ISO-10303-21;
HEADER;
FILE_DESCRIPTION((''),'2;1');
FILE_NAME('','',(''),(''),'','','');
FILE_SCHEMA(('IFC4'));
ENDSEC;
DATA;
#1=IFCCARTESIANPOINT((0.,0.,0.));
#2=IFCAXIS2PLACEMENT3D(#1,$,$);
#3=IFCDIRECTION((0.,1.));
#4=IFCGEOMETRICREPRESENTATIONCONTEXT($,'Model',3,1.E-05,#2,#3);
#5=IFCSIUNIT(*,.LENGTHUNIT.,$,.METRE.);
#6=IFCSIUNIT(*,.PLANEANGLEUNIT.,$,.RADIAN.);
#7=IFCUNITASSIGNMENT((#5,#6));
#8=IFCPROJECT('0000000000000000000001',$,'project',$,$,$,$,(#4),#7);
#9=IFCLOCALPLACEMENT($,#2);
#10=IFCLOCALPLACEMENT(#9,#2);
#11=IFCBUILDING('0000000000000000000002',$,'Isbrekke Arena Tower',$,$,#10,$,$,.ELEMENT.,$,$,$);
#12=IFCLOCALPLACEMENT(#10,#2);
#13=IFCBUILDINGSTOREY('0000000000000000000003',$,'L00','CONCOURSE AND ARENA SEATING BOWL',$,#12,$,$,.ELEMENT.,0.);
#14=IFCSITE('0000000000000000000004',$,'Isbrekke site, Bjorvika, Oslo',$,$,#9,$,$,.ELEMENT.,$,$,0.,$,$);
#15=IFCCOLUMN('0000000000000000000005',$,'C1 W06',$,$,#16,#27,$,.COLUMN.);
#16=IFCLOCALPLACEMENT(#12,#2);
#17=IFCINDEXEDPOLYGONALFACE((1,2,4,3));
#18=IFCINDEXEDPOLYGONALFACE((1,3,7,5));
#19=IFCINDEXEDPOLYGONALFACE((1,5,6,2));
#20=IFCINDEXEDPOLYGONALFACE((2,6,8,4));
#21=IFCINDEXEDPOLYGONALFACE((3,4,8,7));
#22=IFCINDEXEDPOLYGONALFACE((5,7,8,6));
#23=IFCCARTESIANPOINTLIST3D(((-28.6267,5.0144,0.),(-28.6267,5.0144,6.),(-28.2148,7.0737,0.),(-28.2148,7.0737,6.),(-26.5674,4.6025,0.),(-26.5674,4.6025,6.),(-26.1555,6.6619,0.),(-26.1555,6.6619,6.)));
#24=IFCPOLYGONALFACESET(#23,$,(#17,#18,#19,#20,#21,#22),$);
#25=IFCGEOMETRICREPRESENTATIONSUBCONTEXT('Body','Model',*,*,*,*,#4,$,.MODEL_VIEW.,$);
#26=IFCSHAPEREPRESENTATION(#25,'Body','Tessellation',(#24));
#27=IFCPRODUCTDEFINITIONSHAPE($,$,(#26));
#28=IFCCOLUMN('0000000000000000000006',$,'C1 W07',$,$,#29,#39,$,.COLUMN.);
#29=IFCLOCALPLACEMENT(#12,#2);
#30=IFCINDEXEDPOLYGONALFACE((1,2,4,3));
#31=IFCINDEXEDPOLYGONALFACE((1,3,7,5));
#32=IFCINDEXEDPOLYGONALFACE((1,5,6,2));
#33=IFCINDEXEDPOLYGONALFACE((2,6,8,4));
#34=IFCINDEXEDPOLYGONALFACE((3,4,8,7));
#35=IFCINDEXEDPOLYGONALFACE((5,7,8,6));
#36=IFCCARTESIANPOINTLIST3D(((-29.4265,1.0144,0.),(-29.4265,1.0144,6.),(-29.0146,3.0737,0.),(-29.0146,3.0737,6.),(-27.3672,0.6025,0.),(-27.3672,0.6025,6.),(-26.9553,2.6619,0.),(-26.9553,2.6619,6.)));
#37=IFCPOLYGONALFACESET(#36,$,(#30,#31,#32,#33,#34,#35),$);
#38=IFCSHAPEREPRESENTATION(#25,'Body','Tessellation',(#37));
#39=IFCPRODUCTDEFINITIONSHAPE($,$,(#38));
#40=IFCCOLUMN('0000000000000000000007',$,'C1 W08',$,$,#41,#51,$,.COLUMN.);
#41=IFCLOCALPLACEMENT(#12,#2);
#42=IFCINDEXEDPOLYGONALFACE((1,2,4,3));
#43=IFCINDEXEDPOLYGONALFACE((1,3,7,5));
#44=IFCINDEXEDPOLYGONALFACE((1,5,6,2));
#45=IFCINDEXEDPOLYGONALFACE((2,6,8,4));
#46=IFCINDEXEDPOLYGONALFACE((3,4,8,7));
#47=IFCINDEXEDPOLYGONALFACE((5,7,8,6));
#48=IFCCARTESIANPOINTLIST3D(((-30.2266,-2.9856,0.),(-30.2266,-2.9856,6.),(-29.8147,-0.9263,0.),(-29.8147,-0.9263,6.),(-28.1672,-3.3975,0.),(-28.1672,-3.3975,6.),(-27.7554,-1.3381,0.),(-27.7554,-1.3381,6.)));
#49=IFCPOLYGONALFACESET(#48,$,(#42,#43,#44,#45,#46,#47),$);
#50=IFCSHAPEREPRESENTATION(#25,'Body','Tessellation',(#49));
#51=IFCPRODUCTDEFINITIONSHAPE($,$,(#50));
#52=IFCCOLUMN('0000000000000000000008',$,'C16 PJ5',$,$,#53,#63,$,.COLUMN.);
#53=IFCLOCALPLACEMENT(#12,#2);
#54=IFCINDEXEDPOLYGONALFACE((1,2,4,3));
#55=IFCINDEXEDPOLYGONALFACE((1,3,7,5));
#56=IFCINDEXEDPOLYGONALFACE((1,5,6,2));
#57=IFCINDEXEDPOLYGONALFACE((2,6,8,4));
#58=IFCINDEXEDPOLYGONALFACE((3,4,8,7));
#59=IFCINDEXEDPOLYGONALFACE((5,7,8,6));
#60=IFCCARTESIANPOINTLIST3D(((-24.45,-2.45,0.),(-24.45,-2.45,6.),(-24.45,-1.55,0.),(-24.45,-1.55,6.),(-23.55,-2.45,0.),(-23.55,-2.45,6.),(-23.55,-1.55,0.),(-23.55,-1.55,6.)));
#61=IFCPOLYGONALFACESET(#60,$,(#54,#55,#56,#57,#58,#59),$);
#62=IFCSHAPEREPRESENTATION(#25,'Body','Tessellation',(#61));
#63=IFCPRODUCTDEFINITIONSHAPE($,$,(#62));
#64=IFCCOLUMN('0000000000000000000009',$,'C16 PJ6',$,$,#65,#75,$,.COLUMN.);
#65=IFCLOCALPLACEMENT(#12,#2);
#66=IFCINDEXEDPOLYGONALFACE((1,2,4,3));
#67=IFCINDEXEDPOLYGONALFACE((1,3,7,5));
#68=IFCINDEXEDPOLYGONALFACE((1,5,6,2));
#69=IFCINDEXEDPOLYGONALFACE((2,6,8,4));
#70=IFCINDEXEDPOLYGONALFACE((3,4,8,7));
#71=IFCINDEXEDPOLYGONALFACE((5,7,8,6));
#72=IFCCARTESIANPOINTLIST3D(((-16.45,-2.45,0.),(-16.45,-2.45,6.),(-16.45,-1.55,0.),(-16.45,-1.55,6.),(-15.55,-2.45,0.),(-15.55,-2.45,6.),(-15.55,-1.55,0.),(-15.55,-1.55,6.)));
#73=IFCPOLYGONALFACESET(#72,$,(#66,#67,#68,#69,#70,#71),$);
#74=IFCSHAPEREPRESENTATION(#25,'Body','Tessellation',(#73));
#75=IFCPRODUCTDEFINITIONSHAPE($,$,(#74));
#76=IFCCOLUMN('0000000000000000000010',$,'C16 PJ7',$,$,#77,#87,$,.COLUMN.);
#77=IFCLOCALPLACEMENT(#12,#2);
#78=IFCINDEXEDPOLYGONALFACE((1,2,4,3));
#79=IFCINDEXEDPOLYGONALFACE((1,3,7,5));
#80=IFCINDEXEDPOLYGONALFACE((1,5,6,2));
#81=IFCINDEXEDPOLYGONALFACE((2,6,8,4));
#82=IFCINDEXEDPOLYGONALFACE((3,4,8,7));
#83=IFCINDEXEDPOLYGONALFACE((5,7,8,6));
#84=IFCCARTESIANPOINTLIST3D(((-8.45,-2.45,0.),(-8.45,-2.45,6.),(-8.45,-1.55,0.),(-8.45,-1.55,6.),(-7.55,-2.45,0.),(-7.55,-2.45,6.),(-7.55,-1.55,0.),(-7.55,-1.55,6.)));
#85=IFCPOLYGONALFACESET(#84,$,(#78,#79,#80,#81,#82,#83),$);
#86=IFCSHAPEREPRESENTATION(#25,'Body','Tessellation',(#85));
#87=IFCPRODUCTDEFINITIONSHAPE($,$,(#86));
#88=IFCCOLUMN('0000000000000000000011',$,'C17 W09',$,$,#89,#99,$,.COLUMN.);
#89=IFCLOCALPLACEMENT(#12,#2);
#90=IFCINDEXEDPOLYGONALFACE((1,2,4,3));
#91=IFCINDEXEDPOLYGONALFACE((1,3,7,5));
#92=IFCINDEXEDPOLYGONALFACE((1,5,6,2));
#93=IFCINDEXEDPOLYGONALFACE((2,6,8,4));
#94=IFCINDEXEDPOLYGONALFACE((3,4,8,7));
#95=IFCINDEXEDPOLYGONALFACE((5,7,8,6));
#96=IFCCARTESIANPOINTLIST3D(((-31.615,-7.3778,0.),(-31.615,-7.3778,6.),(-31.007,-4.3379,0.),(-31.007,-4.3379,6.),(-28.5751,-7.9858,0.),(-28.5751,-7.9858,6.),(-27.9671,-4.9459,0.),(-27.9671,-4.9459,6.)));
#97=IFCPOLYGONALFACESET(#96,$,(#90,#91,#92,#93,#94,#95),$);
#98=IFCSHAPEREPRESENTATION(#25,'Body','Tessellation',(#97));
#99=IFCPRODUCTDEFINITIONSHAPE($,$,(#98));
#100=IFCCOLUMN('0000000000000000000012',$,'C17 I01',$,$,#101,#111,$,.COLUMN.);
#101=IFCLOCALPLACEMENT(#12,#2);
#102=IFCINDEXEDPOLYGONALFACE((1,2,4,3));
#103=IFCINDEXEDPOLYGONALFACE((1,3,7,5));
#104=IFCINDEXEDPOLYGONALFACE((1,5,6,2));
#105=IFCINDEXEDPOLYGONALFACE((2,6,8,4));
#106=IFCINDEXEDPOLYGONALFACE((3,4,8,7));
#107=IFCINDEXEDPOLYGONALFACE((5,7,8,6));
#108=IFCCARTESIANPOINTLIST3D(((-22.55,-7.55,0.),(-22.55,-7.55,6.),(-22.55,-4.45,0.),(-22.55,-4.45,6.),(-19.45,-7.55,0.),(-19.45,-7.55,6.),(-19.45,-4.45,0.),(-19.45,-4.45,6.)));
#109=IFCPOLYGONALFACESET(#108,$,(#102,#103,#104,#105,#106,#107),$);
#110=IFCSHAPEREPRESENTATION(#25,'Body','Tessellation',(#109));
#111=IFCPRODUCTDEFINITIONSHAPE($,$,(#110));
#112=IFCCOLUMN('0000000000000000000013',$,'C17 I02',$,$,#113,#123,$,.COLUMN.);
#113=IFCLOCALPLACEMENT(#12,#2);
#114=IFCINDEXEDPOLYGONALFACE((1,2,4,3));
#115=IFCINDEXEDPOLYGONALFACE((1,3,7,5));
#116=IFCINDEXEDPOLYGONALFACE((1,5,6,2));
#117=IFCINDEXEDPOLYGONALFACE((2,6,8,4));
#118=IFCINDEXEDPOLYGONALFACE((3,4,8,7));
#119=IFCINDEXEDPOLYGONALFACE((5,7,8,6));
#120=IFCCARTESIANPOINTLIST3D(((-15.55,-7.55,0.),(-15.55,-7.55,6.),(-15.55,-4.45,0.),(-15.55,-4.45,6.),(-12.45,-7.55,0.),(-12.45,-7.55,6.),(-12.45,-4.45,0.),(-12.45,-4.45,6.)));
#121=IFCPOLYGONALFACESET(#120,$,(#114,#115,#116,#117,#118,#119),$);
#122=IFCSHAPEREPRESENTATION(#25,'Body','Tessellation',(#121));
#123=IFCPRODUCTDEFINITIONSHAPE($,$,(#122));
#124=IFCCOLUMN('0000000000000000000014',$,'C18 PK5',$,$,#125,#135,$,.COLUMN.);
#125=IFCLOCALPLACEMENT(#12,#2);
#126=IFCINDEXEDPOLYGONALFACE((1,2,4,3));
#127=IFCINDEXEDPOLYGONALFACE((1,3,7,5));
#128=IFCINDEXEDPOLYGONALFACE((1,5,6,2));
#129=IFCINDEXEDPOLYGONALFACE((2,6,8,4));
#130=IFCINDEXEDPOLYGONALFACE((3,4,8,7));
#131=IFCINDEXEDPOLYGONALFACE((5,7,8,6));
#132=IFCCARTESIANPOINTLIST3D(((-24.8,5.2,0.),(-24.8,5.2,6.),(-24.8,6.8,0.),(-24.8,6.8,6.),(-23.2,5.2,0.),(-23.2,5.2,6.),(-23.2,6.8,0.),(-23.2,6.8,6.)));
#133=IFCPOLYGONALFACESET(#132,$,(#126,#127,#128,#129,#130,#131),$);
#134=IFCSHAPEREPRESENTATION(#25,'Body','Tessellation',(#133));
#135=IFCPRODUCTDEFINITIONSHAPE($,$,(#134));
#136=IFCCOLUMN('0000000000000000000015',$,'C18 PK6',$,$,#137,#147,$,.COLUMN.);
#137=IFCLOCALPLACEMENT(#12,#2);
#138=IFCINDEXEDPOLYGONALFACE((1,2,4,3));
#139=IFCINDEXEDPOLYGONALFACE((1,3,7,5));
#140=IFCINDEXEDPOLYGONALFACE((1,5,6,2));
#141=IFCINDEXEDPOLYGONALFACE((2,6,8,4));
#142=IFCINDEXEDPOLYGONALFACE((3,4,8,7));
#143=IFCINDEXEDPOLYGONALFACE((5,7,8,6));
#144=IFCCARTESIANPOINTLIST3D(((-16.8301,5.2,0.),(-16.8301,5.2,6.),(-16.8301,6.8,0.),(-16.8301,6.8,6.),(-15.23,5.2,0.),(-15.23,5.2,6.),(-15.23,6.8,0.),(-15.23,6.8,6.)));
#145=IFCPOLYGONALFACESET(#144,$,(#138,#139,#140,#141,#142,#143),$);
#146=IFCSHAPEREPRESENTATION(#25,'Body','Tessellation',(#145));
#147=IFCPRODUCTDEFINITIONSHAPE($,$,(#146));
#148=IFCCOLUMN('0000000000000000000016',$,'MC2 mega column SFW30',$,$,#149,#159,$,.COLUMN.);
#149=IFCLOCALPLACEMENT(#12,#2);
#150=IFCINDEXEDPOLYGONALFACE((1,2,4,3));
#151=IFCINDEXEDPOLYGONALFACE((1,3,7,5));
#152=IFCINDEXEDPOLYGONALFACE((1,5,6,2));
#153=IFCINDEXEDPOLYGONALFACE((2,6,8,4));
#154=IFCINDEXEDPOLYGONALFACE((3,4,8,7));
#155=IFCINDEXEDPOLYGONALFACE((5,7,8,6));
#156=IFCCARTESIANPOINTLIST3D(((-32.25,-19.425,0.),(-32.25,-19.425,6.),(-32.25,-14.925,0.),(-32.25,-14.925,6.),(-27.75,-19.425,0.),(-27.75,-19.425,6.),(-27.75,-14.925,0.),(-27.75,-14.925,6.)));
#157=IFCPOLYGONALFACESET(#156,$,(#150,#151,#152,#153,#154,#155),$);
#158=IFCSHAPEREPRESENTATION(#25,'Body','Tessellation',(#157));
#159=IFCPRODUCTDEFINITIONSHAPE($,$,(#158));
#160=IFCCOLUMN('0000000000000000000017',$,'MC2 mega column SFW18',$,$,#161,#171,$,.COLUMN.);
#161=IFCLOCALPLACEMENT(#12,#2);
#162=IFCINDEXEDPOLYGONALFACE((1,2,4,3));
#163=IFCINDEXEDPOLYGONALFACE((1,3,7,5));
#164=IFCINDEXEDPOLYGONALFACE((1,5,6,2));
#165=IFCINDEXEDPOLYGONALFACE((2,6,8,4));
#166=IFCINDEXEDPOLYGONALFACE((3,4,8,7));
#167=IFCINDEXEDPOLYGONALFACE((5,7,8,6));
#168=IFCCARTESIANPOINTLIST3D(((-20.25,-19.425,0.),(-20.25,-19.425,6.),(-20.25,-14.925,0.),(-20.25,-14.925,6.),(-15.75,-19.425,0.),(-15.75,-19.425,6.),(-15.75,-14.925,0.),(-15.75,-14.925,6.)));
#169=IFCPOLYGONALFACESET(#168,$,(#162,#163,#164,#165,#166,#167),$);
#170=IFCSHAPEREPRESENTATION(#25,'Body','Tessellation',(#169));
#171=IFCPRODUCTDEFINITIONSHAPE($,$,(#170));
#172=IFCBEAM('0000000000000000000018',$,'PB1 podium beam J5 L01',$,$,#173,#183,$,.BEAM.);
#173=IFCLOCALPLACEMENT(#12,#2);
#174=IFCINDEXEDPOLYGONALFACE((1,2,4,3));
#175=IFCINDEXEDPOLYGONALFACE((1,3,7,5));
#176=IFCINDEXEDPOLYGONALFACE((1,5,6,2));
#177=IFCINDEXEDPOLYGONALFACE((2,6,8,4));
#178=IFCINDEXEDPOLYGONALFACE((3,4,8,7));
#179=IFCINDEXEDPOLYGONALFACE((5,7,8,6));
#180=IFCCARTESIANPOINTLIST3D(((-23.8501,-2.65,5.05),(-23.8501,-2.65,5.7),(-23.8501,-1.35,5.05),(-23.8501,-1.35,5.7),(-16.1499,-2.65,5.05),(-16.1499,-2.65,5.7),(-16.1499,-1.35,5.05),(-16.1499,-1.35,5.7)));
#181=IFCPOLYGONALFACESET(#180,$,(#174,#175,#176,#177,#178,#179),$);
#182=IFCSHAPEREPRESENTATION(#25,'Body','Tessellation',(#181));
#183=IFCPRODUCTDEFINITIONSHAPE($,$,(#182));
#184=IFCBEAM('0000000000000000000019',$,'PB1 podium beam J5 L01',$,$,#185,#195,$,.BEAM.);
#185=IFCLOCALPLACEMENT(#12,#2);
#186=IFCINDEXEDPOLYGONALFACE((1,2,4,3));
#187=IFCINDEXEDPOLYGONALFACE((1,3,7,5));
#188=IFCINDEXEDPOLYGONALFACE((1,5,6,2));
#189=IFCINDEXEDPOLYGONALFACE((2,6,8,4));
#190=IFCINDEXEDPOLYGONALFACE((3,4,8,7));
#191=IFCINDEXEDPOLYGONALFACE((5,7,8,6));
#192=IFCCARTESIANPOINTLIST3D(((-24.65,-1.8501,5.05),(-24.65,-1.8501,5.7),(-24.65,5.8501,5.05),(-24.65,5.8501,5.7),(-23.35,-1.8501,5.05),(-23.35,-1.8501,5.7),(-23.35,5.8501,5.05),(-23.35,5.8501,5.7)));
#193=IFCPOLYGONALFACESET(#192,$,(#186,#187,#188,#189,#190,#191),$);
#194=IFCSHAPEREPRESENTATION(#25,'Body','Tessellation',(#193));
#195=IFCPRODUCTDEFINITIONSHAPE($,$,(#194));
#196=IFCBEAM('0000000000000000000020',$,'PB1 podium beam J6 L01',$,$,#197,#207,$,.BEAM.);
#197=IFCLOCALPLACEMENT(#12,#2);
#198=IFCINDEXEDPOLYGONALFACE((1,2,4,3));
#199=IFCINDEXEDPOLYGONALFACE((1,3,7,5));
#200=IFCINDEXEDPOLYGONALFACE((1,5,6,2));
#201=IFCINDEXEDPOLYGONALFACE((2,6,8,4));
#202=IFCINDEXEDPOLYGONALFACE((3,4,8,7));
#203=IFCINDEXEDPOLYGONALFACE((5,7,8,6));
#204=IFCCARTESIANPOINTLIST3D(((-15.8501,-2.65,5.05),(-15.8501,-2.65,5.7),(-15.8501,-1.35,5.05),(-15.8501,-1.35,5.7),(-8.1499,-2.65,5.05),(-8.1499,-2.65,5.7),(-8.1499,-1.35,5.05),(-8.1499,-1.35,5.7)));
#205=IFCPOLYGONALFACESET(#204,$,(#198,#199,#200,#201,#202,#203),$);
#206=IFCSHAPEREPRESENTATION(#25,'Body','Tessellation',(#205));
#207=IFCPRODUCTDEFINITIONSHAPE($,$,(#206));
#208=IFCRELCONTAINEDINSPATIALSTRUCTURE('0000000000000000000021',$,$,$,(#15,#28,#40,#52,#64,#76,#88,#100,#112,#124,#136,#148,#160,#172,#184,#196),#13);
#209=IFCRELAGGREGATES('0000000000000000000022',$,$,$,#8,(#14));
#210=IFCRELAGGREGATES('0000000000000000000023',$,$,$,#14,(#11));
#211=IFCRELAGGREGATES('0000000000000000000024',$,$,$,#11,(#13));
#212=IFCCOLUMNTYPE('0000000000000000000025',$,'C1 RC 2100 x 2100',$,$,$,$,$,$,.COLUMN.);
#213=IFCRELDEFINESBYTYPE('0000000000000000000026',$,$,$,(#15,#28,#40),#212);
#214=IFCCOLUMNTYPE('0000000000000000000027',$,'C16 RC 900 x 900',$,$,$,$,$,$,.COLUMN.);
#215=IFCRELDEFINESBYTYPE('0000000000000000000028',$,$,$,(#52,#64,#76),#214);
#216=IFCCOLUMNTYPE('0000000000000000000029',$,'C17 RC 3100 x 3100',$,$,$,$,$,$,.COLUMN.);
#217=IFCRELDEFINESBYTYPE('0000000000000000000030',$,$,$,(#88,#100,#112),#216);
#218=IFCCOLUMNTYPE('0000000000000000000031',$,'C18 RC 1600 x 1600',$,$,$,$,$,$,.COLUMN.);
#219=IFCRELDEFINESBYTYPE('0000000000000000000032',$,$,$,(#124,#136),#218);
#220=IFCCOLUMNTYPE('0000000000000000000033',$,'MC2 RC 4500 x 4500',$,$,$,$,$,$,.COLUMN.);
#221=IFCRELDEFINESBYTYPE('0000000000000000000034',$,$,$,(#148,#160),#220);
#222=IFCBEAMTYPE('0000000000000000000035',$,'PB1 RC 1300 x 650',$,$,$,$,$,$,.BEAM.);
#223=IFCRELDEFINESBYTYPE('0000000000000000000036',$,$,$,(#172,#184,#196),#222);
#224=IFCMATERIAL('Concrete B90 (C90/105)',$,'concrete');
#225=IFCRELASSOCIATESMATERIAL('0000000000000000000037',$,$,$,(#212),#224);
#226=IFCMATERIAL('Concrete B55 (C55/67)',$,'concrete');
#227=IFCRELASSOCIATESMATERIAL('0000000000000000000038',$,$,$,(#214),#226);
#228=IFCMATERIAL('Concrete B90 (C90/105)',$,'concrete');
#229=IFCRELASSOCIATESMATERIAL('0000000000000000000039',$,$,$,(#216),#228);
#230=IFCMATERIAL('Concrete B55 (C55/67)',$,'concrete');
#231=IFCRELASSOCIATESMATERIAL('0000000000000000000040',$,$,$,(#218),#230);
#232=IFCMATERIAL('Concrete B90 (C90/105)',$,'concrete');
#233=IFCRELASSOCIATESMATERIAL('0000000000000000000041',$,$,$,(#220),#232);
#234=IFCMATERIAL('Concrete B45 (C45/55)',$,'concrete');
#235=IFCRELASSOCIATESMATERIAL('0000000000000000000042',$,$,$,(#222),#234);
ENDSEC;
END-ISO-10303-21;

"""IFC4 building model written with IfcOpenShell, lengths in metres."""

from ifc_helpers import new_model, si_unit, direction, frame, origin, origin_2d, place, context, subcontext, project, spatial, rectangle, extrude, material, material_profile, profile_set, type_object, element, save


model = new_model("IFC4")

# Units and contexts
model_context = context("Model", 3, precision=1e-05, world=origin(), true_north=direction((0.0, 1.0)))
body_context = subcontext(model_context, "Body", "Model", "MODEL_VIEW")
ifc_project = project(units=[si_unit("LENGTHUNIT", "METRE"), si_unit("PLANEANGLEUNIT", "RADIAN")], contexts=[model_context])

# Site, building, storey
site_placement = place(None, origin())
site = spatial("IfcSite", under=ifc_project, at=site_placement, Name="Isbrekke site, Bjorvika, Oslo", CompositionType="ELEMENT", RefElevation=0.0)
building_placement = place(site_placement, origin())
building = spatial("IfcBuilding", under=site, at=building_placement, Name="Isbrekke Arena Tower", CompositionType="ELEMENT")
storey_placement = place(building_placement, origin())
storey = spatial("IfcBuildingStorey", under=building, at=storey_placement, Name="L00", Description="CONCOURSE AND ARENA SEATING BOWL", CompositionType="ELEMENT", Elevation=0.0)

# Columns
ifc_material_1 = material(Name="Concrete B90 (C90/105)", Category="concrete")
ifc_material_profile_1 = material_profile(ifc_material_1, rectangle(XDim=2.1001, YDim=2.1001, at=origin_2d()), Name="RC 2100x2100")
ifc_profile_set_1 = profile_set([ifc_material_profile_1], Name="Concrete B90 (C90/105)")
column_type_1 = type_object("IfcColumnType", Name="C1 RC 2100 x 2100", PredefinedType="COLUMN", material=ifc_profile_set_1)
for number, where, z_axis, x_axis, name in (
    (1, (-27.3911, 5.8381, 0.0), (0.0, 0.0, 1.0), (-0.196116, -0.980581, 0.0), "C1 W06"),
    (2, (-28.1909, 1.8381, 0.0), (0.0, 0.0, 1.0), (-0.196116, -0.980581, 0.0), "C1 W07"),
    (3, (-28.991, -2.1619, 0.0), (0.0, 0.0, 1.0), (-0.196116, -0.980581, 0.0), "C1 W08"),
):
    element("IfcColumn", number, at=place(storey_placement, frame(where, z_axis=z_axis, x_axis=x_axis)), inside=storey, type_object=column_type_1, Name=name, PredefinedType="COLUMN", context=body_context, shape_type="SweptSolid", body=[
        extrude(rectangle(XDim=2.1001, YDim=2.1001, at=origin_2d()), origin(), (0.0, 0.0, 1.0), 6.0),
    ])
ifc_material_2 = material(Name="Concrete B55 (C55/67)", Category="concrete")
ifc_material_profile_2 = material_profile(ifc_material_2, rectangle(XDim=0.8999, YDim=0.8999, at=origin_2d()), Name="RC 900x900")
ifc_profile_set_2 = profile_set([ifc_material_profile_2], Name="Concrete B55 (C55/67)")
column_type_2 = type_object("IfcColumnType", Name="C16 RC 900 x 900", PredefinedType="COLUMN", material=ifc_profile_set_2)
for number, where, z_axis, x_axis, name in (
    (4, (-24.0, -2.0, 0.0), (0.0, 0.0, 1.0), (1.0, 0.0, 0.0), "C16 PJ5"),
    (5, (-16.0, -2.0, 0.0), (0.0, 0.0, 1.0), (1.0, 0.0, 0.0), "C16 PJ6"),
    (6, (-8.0, -2.0, 0.0), (0.0, 0.0, 1.0), (1.0, 0.0, 0.0), "C16 PJ7"),
):
    element("IfcColumn", number, at=place(storey_placement, frame(where, z_axis=z_axis, x_axis=x_axis)), inside=storey, type_object=column_type_2, Name=name, PredefinedType="COLUMN", context=body_context, shape_type="SweptSolid", body=[
        extrude(rectangle(XDim=0.8999, YDim=0.8999, at=origin_2d()), origin(), (0.0, 0.0, 1.0), 6.0),
    ])
ifc_material_3 = material(Name="Concrete B90 (C90/105)", Category="concrete")
ifc_material_profile_3 = material_profile(ifc_material_3, rectangle(XDim=3.1001, YDim=3.1001, at=origin_2d()), Name="RC 3100x3100")
ifc_profile_set_3 = profile_set([ifc_material_profile_3], Name="Concrete B90 (C90/105)")
column_type_3 = type_object("IfcColumnType", Name="C17 RC 3100 x 3100", PredefinedType="COLUMN", material=ifc_profile_set_3)
for number, where, z_axis, x_axis, name in (
    (7, (-29.791, -6.1619, 0.0), (0.0, 0.0, 1.0), (-0.196116, -0.980581, 0.0), "C17 W09"),
    (8, (-21.0, -6.0, 0.0), (0.0, 0.0, 1.0), (1.0, 0.0, 0.0), "C17 I01"),
    (9, (-14.0, -6.0, 0.0), (0.0, 0.0, 1.0), (1.0, 0.0, 0.0), "C17 I02"),
):
    element("IfcColumn", number, at=place(storey_placement, frame(where, z_axis=z_axis, x_axis=x_axis)), inside=storey, type_object=column_type_3, Name=name, PredefinedType="COLUMN", context=body_context, shape_type="SweptSolid", body=[
        extrude(rectangle(XDim=3.1001, YDim=3.1001, at=origin_2d()), origin(), (0.0, 0.0, 1.0), 6.0),
    ])
ifc_material_4 = material(Name="Concrete B55 (C55/67)", Category="concrete")
ifc_material_profile_4 = material_profile(ifc_material_4, rectangle(XDim=1.6001, YDim=1.6001, at=origin_2d()), Name="RC 1600x1600")
ifc_profile_set_4 = profile_set([ifc_material_profile_4], Name="Concrete B55 (C55/67)")
column_type_4 = type_object("IfcColumnType", Name="C18 RC 1600 x 1600", PredefinedType="COLUMN", material=ifc_profile_set_4)
for number, where, z_axis, x_axis, name in (
    (10, (-24.0, 6.0, 0.0), (0.0, 0.0, 1.0), (1.0, 0.0, 0.0), "C18 PK5"),
    (11, (-16.03, 6.0, 0.0), (0.0, 0.0, 1.0), (1.0, 0.0, 0.0), "C18 PK6"),
):
    element("IfcColumn", number, at=place(storey_placement, frame(where, z_axis=z_axis, x_axis=x_axis)), inside=storey, type_object=column_type_4, Name=name, PredefinedType="COLUMN", context=body_context, shape_type="SweptSolid", body=[
        extrude(rectangle(XDim=1.6001, YDim=1.6001, at=origin_2d()), origin(), (0.0, 0.0, 1.0), 6.0),
    ])
ifc_material_5 = material(Name="Concrete B90 (C90/105)", Category="concrete")
ifc_material_profile_5 = material_profile(ifc_material_5, rectangle(XDim=4.5, YDim=4.5, at=origin_2d()), Name="RC 4500x4500")
ifc_profile_set_5 = profile_set([ifc_material_profile_5], Name="Concrete B90 (C90/105)")
column_type_5 = type_object("IfcColumnType", Name="MC2 RC 4500 x 4500", PredefinedType="COLUMN", material=ifc_profile_set_5)
for number, where, z_axis, x_axis, name in (
    (12, (-30.0, -17.175, 0.0), (0.0, 0.0, 1.0), (1.0, 0.0, 0.0), "MC2 mega column SFW30"),
    (13, (-18.0, -17.175, 0.0), (0.0, 0.0, 1.0), (1.0, 0.0, 0.0), "MC2 mega column SFW18"),
):
    element("IfcColumn", number, at=place(storey_placement, frame(where, z_axis=z_axis, x_axis=x_axis)), inside=storey, type_object=column_type_5, Name=name, PredefinedType="COLUMN", context=body_context, shape_type="SweptSolid", body=[
        extrude(rectangle(XDim=4.5, YDim=4.5, at=origin_2d()), origin(), (0.0, 0.0, 1.0), 6.0),
    ])

# Beams
ifc_material_6 = material(Name="Concrete B45 (C45/55)", Category="concrete")
ifc_material_profile_6 = material_profile(ifc_material_6, rectangle(XDim=1.3, YDim=0.6499, at=origin_2d()), Name="RC 1300x650")
ifc_profile_set_6 = profile_set([ifc_material_profile_6], Name="Concrete B45 (C45/55)")
beam_type = type_object("IfcBeamType", Name="PB1 RC 1300 x 650", PredefinedType="BEAM", material=ifc_profile_set_6)
for number, where, z_axis, x_axis, name in (
    (14, (-23.8501, -2.0, 5.375), (1.0, 0.0, 0.0), (0.0, 1.0, 0.0), "PB1 podium beam J5 L01"),
    (15, (-24.0, -1.8501, 5.375), (0.0, 1.0, 0.0), (-1.0, 0.0, 0.0), "PB1 podium beam J5 L01"),
    (16, (-15.8501, -2.0, 5.375), (1.0, 0.0, 0.0), (0.0, 1.0, 0.0), "PB1 podium beam J6 L01"),
):
    element("IfcBeam", number, at=place(storey_placement, frame(where, z_axis=z_axis, x_axis=x_axis)), inside=storey, type_object=beam_type, Name=name, PredefinedType="BEAM", context=body_context, shape_type="SweptSolid", body=[
        extrude(rectangle(XDim=1.3, YDim=0.6499, at=origin_2d()), origin(), (0.0, 0.0, 1.0), 7.7002),
    ])

save(model, "model.ifc")
